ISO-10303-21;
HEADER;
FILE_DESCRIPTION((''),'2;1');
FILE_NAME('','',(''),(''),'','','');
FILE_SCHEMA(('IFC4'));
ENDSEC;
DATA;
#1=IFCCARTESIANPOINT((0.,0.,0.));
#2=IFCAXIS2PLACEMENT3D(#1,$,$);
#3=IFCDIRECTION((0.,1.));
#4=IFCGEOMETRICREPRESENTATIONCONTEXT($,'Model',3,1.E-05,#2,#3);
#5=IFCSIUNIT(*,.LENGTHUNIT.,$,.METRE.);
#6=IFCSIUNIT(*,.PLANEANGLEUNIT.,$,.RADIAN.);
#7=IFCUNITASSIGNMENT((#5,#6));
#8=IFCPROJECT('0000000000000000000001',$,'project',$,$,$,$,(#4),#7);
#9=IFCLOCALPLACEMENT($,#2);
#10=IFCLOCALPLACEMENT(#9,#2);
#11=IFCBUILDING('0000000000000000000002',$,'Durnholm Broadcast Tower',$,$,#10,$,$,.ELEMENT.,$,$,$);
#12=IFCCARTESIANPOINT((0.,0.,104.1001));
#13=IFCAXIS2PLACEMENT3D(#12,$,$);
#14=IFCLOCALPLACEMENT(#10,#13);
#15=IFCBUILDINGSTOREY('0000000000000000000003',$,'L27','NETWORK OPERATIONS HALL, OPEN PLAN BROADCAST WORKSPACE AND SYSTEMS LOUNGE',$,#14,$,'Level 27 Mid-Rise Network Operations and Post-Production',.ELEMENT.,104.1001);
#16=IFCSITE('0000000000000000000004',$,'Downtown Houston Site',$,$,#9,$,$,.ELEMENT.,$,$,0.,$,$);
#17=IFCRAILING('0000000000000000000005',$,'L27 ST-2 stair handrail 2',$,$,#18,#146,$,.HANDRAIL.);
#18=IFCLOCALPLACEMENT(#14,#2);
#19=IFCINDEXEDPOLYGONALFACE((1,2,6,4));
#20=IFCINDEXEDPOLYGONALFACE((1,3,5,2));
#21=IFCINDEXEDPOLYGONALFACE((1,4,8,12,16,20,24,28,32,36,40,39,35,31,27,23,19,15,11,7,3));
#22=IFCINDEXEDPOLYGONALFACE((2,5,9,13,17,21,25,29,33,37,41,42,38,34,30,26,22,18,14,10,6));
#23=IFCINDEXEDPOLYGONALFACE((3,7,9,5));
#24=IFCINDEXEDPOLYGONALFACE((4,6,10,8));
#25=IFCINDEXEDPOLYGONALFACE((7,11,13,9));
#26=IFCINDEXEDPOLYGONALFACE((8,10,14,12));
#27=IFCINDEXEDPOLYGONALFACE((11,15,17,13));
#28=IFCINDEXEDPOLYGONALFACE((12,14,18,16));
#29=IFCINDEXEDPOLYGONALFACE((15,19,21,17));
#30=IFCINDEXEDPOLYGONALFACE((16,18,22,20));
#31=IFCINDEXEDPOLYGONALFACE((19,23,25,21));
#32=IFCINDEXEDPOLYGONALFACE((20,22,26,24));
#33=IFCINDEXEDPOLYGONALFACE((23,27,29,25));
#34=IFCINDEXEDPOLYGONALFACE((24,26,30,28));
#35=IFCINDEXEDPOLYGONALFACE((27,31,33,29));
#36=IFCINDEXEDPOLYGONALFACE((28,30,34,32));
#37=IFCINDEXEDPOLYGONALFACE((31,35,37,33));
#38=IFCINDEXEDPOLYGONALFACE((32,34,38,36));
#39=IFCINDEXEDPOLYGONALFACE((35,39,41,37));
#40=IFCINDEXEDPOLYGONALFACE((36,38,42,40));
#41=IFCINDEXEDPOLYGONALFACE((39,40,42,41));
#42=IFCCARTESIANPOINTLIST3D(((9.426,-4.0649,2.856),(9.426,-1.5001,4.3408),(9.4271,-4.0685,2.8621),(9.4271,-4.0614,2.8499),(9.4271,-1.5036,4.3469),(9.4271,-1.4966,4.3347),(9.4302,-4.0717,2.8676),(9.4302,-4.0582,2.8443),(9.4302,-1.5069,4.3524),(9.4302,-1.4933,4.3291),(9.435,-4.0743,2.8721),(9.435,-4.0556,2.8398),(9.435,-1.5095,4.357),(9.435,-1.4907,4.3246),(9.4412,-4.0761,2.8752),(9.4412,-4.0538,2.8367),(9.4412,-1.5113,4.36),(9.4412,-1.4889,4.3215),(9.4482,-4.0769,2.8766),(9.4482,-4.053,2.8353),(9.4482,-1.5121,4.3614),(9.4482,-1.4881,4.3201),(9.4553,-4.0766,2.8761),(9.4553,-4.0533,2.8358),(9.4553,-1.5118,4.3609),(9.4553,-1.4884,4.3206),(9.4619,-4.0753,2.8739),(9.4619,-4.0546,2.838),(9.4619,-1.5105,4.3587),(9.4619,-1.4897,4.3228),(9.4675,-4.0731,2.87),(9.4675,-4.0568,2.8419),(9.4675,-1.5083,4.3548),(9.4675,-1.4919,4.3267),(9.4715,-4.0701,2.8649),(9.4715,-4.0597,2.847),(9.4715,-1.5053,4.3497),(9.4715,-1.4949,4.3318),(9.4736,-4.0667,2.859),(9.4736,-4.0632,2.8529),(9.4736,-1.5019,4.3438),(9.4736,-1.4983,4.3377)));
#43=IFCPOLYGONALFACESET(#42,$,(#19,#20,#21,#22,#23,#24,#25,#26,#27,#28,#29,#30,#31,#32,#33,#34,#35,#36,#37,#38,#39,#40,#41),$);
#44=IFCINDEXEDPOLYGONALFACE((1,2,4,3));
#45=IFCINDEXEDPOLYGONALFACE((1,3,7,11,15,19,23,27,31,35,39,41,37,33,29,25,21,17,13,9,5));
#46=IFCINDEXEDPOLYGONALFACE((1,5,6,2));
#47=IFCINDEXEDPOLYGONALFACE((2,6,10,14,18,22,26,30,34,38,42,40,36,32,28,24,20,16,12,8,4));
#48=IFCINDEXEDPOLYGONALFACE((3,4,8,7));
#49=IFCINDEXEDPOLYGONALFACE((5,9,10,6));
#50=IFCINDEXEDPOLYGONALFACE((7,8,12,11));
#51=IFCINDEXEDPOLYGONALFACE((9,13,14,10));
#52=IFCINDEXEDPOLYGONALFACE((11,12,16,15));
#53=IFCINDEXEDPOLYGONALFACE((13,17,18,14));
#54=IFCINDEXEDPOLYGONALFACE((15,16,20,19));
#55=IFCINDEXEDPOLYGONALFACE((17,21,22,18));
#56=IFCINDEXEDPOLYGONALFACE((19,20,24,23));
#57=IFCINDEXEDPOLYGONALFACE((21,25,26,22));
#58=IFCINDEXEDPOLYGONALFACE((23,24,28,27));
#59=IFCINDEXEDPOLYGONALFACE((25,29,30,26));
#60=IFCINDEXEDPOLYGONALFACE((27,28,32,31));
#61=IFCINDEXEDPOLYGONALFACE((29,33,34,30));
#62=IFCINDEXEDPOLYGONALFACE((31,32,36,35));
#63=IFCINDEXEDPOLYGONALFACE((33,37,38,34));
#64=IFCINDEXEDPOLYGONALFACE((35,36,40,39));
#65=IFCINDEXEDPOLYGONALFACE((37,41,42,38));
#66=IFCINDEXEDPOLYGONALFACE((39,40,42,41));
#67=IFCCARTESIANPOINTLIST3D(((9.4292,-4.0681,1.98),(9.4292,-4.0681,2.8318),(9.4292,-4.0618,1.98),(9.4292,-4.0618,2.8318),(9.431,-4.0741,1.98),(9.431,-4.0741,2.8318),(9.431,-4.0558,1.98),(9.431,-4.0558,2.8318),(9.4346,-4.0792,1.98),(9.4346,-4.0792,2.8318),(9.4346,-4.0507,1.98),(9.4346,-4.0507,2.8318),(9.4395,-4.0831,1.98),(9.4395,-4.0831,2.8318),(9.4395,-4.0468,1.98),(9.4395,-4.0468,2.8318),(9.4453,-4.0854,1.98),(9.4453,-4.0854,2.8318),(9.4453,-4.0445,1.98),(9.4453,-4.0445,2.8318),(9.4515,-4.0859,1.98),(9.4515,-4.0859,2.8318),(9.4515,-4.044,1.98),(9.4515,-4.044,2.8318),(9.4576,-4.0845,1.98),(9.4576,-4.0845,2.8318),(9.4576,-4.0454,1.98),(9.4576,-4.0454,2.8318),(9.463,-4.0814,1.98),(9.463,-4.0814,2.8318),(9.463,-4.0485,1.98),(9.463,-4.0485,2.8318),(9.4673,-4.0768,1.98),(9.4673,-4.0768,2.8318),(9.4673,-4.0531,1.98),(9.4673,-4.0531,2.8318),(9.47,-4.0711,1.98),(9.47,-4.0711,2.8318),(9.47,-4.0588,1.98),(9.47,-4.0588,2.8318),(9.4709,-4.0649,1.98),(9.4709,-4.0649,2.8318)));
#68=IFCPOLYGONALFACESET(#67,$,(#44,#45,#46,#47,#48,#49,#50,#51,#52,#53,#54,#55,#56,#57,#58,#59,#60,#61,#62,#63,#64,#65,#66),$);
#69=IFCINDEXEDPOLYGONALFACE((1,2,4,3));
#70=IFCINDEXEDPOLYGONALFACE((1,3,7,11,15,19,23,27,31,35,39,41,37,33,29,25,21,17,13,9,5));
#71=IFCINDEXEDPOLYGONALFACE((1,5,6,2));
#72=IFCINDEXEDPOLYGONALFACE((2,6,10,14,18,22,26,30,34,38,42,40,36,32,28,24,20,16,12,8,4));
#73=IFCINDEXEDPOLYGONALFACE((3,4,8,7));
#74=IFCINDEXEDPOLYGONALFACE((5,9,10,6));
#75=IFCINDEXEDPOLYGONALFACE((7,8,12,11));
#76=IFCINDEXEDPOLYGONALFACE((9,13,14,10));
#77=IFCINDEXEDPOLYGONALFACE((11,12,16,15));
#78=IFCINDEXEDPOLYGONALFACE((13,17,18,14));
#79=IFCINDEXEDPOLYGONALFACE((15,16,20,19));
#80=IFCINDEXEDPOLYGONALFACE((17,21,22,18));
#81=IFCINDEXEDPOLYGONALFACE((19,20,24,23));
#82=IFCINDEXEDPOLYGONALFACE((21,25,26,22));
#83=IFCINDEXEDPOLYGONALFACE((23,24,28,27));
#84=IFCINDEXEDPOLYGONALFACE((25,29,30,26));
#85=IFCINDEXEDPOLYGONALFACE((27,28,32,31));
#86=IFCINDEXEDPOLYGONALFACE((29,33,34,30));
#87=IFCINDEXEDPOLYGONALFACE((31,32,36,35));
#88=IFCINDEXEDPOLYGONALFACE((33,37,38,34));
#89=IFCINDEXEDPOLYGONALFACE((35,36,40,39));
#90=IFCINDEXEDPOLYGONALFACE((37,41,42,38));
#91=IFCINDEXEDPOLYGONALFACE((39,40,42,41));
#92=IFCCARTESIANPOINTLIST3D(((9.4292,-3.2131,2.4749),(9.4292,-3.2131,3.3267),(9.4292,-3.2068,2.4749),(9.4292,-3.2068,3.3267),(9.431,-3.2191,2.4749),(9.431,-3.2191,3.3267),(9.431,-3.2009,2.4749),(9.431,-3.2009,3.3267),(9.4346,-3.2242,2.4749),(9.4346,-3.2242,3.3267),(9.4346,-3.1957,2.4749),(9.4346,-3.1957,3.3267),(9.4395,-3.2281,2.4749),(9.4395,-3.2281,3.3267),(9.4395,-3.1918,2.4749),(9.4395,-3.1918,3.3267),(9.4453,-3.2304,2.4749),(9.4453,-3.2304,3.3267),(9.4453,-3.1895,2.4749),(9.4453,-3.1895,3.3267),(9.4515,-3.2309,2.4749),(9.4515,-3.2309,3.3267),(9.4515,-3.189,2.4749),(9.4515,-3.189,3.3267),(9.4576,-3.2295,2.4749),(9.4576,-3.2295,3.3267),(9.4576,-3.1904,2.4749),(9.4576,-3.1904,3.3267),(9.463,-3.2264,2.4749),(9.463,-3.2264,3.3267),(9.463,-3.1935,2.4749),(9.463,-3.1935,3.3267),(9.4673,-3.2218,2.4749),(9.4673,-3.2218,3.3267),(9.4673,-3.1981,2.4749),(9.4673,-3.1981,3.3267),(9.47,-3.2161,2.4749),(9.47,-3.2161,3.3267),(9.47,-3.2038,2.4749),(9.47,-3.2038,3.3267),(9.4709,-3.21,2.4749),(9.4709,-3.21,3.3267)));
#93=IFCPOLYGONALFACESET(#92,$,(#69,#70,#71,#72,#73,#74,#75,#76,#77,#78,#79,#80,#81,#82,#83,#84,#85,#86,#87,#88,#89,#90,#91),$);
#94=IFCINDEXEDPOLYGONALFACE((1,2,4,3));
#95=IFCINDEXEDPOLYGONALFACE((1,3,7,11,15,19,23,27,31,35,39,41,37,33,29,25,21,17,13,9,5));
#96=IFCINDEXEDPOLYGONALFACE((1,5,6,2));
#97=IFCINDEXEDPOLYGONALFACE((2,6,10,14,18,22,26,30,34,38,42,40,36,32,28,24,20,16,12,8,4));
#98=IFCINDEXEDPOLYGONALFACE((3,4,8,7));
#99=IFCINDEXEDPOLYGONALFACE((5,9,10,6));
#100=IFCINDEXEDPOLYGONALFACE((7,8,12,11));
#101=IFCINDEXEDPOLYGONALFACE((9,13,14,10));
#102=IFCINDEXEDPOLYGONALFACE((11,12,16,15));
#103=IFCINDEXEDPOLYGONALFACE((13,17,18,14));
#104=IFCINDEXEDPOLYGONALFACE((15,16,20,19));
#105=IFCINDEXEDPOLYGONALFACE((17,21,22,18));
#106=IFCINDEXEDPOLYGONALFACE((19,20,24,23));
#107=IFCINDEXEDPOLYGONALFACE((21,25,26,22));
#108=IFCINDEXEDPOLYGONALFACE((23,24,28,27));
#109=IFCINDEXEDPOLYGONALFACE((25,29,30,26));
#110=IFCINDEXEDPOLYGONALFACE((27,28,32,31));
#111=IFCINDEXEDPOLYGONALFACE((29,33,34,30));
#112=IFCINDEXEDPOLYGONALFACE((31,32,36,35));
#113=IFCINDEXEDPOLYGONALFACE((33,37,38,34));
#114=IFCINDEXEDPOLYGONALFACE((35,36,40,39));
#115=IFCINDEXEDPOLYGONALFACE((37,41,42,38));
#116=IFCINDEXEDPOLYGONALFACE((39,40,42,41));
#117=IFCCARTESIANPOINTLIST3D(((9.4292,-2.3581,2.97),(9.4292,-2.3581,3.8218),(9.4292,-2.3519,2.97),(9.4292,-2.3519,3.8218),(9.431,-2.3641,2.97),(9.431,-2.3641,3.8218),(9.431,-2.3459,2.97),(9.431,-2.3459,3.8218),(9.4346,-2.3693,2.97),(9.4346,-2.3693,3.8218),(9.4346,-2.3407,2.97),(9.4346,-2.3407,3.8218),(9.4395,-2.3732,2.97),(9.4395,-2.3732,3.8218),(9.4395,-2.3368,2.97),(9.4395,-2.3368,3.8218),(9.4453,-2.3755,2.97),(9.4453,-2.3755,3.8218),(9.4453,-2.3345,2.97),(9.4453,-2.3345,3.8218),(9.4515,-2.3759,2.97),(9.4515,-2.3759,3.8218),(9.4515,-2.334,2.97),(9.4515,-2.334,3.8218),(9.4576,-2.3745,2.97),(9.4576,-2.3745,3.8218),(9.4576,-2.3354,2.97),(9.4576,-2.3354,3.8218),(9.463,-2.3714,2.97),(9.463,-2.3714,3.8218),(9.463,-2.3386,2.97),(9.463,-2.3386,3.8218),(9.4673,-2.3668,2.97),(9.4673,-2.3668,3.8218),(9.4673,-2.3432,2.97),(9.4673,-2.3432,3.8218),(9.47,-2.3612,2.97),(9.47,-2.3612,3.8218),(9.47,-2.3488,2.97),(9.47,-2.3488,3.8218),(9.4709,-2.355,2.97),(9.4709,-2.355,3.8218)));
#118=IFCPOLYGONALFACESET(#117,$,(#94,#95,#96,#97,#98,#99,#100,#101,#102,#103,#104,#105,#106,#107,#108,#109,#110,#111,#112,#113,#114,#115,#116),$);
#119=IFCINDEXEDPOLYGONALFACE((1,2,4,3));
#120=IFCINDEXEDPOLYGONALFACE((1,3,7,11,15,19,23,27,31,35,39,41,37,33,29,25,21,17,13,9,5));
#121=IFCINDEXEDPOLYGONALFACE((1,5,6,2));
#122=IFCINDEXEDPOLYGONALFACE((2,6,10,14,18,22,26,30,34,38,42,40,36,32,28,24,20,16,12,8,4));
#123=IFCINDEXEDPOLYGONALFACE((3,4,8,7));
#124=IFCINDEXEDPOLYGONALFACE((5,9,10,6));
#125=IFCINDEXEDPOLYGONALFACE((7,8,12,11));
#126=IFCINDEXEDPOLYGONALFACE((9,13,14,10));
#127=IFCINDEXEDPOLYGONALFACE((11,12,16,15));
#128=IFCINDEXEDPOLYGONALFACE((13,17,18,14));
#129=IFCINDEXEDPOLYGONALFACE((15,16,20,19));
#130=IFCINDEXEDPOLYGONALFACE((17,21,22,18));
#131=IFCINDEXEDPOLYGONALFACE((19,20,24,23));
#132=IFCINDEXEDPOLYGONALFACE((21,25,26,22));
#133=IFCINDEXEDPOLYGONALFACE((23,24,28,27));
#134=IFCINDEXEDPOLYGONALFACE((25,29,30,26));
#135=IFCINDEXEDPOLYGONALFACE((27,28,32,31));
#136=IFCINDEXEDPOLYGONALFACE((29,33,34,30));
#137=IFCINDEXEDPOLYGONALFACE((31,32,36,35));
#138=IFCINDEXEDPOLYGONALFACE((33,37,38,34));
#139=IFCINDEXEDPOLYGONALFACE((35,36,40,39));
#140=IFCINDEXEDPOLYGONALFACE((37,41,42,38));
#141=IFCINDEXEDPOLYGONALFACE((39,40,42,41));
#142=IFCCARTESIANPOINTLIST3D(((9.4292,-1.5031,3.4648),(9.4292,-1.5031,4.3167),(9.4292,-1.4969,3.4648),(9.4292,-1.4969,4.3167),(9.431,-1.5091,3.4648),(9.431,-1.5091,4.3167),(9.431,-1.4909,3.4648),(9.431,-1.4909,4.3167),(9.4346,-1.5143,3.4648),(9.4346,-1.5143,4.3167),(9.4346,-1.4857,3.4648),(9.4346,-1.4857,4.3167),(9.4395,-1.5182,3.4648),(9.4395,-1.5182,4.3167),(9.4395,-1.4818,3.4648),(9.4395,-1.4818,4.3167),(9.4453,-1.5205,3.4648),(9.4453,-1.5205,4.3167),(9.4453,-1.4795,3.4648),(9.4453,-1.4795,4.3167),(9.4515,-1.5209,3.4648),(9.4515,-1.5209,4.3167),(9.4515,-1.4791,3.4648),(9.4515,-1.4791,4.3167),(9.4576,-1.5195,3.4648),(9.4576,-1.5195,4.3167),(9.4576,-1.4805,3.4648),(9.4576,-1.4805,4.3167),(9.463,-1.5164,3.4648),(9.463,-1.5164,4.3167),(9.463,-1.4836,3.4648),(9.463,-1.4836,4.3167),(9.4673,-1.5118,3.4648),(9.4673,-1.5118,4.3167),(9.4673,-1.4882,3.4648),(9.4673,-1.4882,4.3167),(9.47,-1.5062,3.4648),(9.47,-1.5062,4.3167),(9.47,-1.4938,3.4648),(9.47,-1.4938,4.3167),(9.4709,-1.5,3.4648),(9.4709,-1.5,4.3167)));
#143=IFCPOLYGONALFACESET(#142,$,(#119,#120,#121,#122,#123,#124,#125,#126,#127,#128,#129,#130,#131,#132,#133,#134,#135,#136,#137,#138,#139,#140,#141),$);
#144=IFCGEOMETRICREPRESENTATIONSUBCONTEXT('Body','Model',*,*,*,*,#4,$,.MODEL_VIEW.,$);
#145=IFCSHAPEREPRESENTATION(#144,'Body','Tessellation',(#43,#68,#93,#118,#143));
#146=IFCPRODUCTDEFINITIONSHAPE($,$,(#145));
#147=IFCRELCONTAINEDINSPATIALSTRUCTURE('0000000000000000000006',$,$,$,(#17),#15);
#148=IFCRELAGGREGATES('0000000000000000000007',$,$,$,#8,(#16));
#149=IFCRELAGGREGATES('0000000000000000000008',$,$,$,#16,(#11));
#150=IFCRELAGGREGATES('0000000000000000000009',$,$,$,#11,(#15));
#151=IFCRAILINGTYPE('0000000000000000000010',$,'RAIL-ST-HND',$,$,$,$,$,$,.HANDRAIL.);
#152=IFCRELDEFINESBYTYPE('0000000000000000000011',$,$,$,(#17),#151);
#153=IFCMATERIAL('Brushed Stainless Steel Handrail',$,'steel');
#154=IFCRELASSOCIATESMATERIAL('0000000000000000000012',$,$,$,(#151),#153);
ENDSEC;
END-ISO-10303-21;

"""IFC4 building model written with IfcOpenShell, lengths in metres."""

from ifc_helpers import new_model, si_unit, direction, frame, origin, origin_2d, place, context, subcontext, project, spatial, circle, extrude, material, type_object, element, save


model = new_model("IFC4")

# Units and contexts
model_context = context("Model", 3, precision=1e-05, world=origin(), true_north=direction((0.0, 1.0)))
body_context = subcontext(model_context, "Body", "Model", "MODEL_VIEW")
ifc_project = project(units=[si_unit("LENGTHUNIT", "METRE"), si_unit("PLANEANGLEUNIT", "RADIAN")], contexts=[model_context])

# Site, building, storey
site_placement = place(None, origin())
site = spatial("IfcSite", under=ifc_project, at=site_placement, Name="Downtown Houston Site", CompositionType="ELEMENT", RefElevation=0.0)
building_placement = place(site_placement, origin())
building = spatial("IfcBuilding", under=site, at=building_placement, Name="Durnholm Broadcast Tower", CompositionType="ELEMENT")
storey_placement = place(building_placement, frame((0.0, 0.0, 104.1001)))
storey = spatial("IfcBuildingStorey", under=building, at=storey_placement, Name="L27", Description="NETWORK OPERATIONS HALL, OPEN PLAN BROADCAST WORKSPACE AND SYSTEMS LOUNGE", LongName="Level 27 Mid-Rise Network Operations and Post-Production", CompositionType="ELEMENT", Elevation=104.1001)

# Railing
ifc_material_1 = material(Name="Brushed Stainless Steel Handrail", Category="steel")
railing_type_1 = type_object("IfcRailingType", Name="RAIL-ST-HND", PredefinedType="HANDRAIL", material=ifc_material_1)
railing_1_placement = place(storey_placement, frame((9.45, -4.0649, 1.98)))
element("IfcRailing", 1, at=railing_1_placement, inside=storey, type_object=railing_type_1, Name="L27 ST-2 stair handrail 2", PredefinedType="HANDRAIL", context=body_context, shape_type="SweptSolid", body=[
    extrude(circle(Radius=0.0239, at=origin_2d()), frame((0.0, 0.0, 0.876), z_axis=(0.0, 0.865441, 0.50101), x_axis=(-1.0, 0.0, 0.0)), (0.0, 0.0, 1.0), 2.9636),
    extrude(circle(Radius=0.021, at=origin_2d()), origin(), (0.0, 0.0, 1.0), 0.8518),
    extrude(circle(Radius=0.021, at=origin_2d()), frame((0.0, 0.855, 0.4949)), (0.0, 0.0, 1.0), 0.8518),
    extrude(circle(Radius=0.021, at=origin_2d()), frame((0.0, 1.71, 0.99)), (0.0, 0.0, 1.0), 0.8518),
    extrude(circle(Radius=0.021, at=origin_2d()), frame((0.0, 2.5649, 1.4849)), (0.0, 0.0, 1.0), 0.8518),
])

save(model, "model.ifc")
